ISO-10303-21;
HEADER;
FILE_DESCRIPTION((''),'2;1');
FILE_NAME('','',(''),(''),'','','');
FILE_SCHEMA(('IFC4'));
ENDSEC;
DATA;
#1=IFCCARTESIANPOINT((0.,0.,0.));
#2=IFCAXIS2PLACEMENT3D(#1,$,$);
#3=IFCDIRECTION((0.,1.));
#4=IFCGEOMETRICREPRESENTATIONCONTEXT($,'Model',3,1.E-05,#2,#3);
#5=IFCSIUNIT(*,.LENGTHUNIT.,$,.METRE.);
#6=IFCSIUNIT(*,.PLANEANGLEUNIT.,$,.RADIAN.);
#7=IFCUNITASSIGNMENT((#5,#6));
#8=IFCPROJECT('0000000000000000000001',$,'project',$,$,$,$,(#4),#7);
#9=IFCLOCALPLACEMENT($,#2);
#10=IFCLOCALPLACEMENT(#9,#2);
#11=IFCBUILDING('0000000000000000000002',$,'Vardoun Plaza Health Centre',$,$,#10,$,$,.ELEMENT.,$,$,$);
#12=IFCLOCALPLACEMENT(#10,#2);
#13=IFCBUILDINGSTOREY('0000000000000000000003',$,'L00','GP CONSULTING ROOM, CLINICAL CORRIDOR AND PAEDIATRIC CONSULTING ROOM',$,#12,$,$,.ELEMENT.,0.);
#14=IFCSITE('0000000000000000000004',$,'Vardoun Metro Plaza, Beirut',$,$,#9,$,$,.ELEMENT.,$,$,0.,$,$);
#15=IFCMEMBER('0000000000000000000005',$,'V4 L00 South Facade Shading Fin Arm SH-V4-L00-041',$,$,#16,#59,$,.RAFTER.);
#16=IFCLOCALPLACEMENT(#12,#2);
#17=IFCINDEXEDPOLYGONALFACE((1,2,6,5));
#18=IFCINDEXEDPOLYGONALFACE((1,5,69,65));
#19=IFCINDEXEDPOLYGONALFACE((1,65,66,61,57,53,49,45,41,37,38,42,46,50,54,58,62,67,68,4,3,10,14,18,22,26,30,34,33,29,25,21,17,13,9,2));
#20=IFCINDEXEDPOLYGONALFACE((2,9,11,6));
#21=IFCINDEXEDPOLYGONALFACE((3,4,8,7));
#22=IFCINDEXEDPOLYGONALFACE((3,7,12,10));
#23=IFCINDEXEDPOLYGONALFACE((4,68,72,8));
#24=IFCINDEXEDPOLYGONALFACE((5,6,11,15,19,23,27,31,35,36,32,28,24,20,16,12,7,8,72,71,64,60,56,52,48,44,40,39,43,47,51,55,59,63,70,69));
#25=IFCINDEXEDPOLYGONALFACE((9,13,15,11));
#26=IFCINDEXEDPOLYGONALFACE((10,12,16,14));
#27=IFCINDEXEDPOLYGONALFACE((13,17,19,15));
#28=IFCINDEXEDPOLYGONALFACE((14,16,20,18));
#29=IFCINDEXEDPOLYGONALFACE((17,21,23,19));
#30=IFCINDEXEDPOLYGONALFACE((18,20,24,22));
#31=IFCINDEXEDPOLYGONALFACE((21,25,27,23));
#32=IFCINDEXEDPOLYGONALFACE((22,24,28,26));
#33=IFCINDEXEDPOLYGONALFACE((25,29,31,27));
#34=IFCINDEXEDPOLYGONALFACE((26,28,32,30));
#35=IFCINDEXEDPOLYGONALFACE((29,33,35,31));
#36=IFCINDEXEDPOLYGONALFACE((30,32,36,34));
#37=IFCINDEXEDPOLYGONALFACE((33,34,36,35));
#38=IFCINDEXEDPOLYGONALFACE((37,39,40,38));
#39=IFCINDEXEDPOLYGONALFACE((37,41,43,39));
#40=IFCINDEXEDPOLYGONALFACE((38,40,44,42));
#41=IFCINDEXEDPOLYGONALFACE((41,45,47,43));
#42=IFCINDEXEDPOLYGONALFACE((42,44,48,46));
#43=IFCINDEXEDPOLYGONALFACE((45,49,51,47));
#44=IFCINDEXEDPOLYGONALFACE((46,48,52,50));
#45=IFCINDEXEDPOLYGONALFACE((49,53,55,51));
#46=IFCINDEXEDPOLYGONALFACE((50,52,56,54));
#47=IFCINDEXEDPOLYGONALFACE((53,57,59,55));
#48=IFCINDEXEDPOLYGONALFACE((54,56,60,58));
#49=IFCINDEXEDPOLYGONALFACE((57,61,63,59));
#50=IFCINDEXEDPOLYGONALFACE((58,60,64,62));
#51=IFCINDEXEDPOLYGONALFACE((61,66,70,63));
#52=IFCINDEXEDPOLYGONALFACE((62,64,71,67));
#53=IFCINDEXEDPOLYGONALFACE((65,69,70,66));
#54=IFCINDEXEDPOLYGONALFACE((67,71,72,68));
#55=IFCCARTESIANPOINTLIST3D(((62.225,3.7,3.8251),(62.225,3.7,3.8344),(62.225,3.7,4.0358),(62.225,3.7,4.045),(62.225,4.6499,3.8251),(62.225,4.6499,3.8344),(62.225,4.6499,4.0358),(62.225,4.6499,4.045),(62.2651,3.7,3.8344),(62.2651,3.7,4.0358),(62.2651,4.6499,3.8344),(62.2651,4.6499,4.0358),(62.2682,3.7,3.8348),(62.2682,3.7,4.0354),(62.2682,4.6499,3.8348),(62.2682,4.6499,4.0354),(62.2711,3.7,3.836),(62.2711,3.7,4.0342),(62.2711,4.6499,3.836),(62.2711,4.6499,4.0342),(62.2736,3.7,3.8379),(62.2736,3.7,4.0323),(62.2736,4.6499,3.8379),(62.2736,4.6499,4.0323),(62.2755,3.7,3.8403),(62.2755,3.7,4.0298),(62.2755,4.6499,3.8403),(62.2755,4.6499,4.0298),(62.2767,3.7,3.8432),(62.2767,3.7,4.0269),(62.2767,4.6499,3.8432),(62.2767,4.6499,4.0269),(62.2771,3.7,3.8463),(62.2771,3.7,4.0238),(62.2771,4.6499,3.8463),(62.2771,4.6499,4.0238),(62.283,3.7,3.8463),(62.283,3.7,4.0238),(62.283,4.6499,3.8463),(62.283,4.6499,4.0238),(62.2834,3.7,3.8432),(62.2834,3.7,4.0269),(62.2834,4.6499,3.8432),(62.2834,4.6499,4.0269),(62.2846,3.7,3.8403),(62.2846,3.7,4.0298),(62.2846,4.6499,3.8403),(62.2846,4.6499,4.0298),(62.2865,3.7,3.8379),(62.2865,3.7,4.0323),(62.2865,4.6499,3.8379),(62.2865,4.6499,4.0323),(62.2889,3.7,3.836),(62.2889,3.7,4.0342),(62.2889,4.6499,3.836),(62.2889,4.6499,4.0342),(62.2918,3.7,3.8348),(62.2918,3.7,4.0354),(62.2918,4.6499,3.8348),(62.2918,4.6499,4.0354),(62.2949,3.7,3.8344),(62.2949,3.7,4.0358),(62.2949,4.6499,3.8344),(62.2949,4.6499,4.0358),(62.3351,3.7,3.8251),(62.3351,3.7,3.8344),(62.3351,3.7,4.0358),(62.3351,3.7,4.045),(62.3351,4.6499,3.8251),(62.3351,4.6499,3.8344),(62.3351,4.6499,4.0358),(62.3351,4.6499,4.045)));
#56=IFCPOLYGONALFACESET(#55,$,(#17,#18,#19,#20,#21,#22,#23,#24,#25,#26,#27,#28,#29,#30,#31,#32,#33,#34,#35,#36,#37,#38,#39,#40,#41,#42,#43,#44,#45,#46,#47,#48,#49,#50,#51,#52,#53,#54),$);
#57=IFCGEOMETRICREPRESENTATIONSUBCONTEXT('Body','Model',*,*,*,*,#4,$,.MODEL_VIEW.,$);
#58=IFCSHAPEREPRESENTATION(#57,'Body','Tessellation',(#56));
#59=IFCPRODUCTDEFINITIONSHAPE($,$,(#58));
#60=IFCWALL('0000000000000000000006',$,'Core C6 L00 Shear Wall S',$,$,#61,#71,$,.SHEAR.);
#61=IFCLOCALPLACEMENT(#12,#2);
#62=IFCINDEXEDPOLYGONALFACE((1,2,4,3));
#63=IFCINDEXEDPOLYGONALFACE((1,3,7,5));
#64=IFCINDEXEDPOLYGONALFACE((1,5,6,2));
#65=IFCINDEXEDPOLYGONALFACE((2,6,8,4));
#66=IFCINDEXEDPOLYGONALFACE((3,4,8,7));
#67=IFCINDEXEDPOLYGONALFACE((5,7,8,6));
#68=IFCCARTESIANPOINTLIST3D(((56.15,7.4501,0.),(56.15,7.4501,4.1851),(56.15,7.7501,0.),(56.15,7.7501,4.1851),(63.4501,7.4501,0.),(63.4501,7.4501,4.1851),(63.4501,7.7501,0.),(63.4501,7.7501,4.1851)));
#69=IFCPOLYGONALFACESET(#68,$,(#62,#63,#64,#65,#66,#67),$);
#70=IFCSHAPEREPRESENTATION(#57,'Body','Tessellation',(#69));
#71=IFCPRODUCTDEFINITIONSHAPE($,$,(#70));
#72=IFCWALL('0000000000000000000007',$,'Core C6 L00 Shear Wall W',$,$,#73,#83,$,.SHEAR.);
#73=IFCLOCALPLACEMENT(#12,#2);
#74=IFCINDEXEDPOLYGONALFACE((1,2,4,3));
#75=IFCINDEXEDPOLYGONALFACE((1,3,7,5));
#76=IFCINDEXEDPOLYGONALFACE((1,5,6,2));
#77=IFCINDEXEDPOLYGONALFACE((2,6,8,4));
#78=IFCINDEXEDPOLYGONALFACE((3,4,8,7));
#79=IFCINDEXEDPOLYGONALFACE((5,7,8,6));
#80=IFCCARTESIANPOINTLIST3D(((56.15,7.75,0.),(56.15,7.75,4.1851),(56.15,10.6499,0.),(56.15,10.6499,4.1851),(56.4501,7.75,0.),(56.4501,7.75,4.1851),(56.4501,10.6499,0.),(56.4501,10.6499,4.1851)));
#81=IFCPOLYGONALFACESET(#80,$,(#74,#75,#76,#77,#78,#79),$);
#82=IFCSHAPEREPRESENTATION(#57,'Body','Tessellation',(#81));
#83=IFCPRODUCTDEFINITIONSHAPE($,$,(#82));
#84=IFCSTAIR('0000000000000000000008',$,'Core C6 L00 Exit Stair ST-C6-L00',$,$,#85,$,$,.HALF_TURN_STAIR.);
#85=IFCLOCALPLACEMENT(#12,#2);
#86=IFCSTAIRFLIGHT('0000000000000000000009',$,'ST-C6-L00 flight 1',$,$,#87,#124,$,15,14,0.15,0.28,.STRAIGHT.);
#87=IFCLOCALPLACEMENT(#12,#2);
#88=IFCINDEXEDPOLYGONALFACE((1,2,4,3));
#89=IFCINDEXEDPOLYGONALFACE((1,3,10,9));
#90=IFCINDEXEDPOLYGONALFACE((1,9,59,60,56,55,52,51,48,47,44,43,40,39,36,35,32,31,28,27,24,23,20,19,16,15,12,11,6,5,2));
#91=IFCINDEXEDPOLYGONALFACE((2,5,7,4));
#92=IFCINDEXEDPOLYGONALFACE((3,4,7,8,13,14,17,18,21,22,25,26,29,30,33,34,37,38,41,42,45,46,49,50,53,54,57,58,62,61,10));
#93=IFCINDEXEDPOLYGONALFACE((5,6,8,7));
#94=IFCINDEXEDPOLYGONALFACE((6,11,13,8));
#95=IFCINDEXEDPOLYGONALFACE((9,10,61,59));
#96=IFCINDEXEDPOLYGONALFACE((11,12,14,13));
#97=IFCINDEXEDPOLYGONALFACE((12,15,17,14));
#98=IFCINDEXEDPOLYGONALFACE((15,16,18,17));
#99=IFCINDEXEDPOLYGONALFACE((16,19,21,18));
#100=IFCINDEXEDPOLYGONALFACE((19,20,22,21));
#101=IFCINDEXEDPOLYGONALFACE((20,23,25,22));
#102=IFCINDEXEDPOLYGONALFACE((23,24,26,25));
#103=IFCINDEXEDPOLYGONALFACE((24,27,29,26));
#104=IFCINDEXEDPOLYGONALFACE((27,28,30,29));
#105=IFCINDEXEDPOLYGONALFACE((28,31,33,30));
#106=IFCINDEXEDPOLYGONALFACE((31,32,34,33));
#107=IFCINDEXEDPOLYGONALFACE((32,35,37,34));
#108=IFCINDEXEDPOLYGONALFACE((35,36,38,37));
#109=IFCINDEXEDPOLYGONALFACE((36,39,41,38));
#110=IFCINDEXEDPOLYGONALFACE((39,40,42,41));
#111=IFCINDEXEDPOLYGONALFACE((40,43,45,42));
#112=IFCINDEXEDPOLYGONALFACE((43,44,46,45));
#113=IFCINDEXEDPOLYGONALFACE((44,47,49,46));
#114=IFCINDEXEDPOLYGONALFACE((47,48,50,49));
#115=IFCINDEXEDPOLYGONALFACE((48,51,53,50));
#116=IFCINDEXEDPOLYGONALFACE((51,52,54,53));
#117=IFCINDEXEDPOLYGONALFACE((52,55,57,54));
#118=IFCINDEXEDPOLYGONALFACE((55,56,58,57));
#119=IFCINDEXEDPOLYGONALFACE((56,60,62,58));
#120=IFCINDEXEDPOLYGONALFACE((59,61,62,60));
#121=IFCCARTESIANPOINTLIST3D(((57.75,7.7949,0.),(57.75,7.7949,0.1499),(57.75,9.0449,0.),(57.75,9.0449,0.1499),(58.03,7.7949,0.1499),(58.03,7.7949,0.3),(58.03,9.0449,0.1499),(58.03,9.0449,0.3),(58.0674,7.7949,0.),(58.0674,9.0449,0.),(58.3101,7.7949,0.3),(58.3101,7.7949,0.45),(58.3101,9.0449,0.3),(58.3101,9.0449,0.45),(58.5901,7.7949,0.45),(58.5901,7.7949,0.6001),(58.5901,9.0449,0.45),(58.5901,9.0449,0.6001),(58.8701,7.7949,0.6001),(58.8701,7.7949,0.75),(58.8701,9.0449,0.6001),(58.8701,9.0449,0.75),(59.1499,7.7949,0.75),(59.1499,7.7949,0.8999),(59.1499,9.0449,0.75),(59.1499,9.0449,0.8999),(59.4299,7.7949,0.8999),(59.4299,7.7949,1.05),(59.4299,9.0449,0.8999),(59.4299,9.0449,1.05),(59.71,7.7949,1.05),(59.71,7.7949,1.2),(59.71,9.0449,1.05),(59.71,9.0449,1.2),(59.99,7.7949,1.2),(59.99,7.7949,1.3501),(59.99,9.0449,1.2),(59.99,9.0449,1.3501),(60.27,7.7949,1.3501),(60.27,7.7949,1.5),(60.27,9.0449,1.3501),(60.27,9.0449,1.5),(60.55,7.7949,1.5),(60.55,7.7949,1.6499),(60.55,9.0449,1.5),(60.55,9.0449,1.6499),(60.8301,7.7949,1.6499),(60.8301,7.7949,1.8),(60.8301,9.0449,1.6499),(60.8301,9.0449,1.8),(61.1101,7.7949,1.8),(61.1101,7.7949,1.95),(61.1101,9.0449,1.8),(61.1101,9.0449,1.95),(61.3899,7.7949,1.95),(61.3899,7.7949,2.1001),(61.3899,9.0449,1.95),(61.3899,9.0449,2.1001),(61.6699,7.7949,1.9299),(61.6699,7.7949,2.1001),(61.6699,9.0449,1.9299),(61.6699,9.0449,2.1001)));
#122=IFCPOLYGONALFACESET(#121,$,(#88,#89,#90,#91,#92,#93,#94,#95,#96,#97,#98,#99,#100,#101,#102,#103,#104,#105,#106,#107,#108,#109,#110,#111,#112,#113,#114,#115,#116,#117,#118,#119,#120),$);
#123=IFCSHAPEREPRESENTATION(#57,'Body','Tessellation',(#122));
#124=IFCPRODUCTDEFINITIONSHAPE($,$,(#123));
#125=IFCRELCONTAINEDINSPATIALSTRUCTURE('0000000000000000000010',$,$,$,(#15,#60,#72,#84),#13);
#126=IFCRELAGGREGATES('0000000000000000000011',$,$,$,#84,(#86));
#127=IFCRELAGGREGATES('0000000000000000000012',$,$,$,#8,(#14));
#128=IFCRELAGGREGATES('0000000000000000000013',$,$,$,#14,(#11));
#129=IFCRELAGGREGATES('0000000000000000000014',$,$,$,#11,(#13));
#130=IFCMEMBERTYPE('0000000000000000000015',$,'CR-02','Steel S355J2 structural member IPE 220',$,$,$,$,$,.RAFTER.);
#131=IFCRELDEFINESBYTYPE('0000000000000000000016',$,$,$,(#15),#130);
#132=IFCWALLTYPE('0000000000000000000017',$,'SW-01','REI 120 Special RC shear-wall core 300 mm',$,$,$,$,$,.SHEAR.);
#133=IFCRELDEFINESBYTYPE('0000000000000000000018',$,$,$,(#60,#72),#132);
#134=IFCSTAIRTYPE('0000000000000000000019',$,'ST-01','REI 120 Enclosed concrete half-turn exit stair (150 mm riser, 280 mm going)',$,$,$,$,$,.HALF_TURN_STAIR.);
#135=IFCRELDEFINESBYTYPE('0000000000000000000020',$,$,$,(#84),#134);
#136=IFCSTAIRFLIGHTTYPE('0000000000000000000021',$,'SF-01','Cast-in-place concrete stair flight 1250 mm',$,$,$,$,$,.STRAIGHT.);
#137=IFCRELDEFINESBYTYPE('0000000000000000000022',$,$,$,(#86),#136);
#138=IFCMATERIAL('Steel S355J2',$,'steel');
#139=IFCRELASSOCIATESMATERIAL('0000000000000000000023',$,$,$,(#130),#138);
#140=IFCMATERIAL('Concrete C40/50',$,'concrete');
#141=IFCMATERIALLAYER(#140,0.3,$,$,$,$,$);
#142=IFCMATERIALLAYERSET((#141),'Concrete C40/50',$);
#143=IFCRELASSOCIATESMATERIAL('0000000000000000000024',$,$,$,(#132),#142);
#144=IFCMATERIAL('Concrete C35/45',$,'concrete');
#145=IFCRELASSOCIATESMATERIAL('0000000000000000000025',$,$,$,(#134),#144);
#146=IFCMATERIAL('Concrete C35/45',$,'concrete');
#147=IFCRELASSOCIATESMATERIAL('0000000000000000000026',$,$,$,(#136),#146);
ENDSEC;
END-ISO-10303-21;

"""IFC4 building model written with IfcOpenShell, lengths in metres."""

from ifc_helpers import new_model, si_unit, direction, frame, frame_2d, origin, origin_2d, place, context, subcontext, project, spatial, polyline, rectangle, i_section, outline, extrude, material, layer, layer_set, material_profile, profile_set, type_object, element, aggregate, save


model = new_model("IFC4")

# Units and contexts
model_context = context("Model", 3, precision=1e-05, world=origin(), true_north=direction((0.0, 1.0)))
body_context = subcontext(model_context, "Body", "Model", "MODEL_VIEW")
ifc_project = project(units=[si_unit("LENGTHUNIT", "METRE"), si_unit("PLANEANGLEUNIT", "RADIAN")], contexts=[model_context])

# Site, building, storey
site_placement = place(None, origin())
site = spatial("IfcSite", under=ifc_project, at=site_placement, Name="Vardoun Metro Plaza, Beirut", CompositionType="ELEMENT", RefElevation=0.0)
building_placement = place(site_placement, origin())
building = spatial("IfcBuilding", under=site, at=building_placement, Name="Vardoun Plaza Health Centre", CompositionType="ELEMENT")
storey_placement = place(building_placement, origin())
storey = spatial("IfcBuildingStorey", under=building, at=storey_placement, Name="L00", Description="GP CONSULTING ROOM, CLINICAL CORRIDOR AND PAEDIATRIC CONSULTING ROOM", CompositionType="ELEMENT", Elevation=0.0)

# Member
ifc_material_1 = material(Name="Steel S355J2", Category="steel")
ifc_material_profile_1 = material_profile(ifc_material_1, i_section(OverallWidth=0.1101, OverallDepth=0.22, WebThickness=0.0059, FlangeThickness=0.0093, FilletRadius=0.012, at=origin_2d()), Name="IPE 220")
ifc_profile_set_1 = profile_set([ifc_material_profile_1], Name="Steel S355J2")
member_type_1 = type_object("IfcMemberType", Name="CR-02", Description="Steel S355J2 structural member IPE 220", PredefinedType="RAFTER", material=ifc_profile_set_1)
member_1_placement = place(storey_placement, frame((62.28, 4.6499, 3.9351), z_axis=(0.0, -1.0, 0.0), x_axis=(1.0, 0.0, 0.0)))
element("IfcMember", 1, at=member_1_placement, inside=storey, type_object=member_type_1, Name="V4 L00 South Facade Shading Fin Arm SH-V4-L00-041", PredefinedType="RAFTER", context=body_context, shape_type="SweptSolid", body=[
    extrude(i_section(OverallWidth=0.1101, OverallDepth=0.22, WebThickness=0.0059, FlangeThickness=0.0093, FilletRadius=0.012, at=origin_2d()), origin(), (0.0, 0.0, 1.0), 0.95),
])

# Walls
ifc_material_2 = material(Name="Concrete C40/50", Category="concrete")
ifc_layer_1 = layer(ifc_material_2, 0.3)
ifc_layer_set_1 = layer_set([ifc_layer_1], Name="Concrete C40/50")
wall_type_1 = type_object("IfcWallType", Name="SW-01", Description="REI 120 Special RC shear-wall core 300 mm", PredefinedType="SHEAR", material=ifc_layer_set_1)
wall_1_placement = place(storey_placement, frame((63.45, 7.6001, 0.0), z_axis=(0.0, 0.0, 1.0), x_axis=(-1.0, 0.0, 0.0)))
element("IfcWall", 2, at=wall_1_placement, inside=storey, type_object=wall_type_1, Name="Core C6 L00 Shear Wall S", PredefinedType="SHEAR", context=body_context, shape_type="SweptSolid", body=[
    extrude(rectangle(XDim=7.3, YDim=0.3, at=frame_2d((3.6499, 0.0))), origin(), (0.0, 0.0, 1.0), 4.1851),
])
wall_2_placement = place(storey_placement, frame((56.3, 7.75, 0.0), z_axis=(0.0, 0.0, 1.0), x_axis=(0.0, 1.0, 0.0)))
element("IfcWall", 3, at=wall_2_placement, inside=storey, type_object=wall_type_1, Name="Core C6 L00 Shear Wall W", PredefinedType="SHEAR", context=body_context, shape_type="SweptSolid", body=[
    extrude(rectangle(XDim=2.8999, YDim=0.3, at=frame_2d((1.45, 0.0))), origin(), (0.0, 0.0, 1.0), 4.1851),
])

# Stair, stair flight
ifc_material_3 = material(Name="Concrete C35/45", Category="concrete")
stair_type = type_object("IfcStairType", Name="ST-01", Description="REI 120 Enclosed concrete half-turn exit stair (150 mm riser, 280 mm going)", PredefinedType="HALF_TURN_STAIR", material=ifc_material_3)
stair_placement = place(storey_placement, origin())
stair = element("IfcStair", 4, at=stair_placement, inside=storey, type_object=stair_type, Name="Core C6 L00 Exit Stair ST-C6-L00", PredefinedType="HALF_TURN_STAIR")
ifc_material_4 = material(Name="Concrete C35/45", Category="concrete")
stair_flight_type = type_object("IfcStairFlightType", Name="SF-01", Description="Cast-in-place concrete stair flight 1250 mm", PredefinedType="STRAIGHT", material=ifc_material_4)
stair_flight_placement = place(storey_placement, frame((57.75, 8.4199, 0.0), z_axis=(0.0, 0.0, 1.0), x_axis=(1.0, 0.0, 0.0)))
stair_flight = element("IfcStairFlight", 5, at=stair_flight_placement, type_object=stair_flight_type, Name="ST-C6-L00 flight 1", NumberOfRisers=15, NumberOfTreads=14, PredefinedType="STRAIGHT", RiserHeight=0.15, TreadLength=0.28, context=body_context, shape_type="SweptSolid", body=[
    extrude(outline(polyline([(0.0, 0.0), (0.0, 0.1499), (0.28, 0.1499), (0.28, 0.3), (0.5601, 0.3), (0.5601, 0.45), (0.8401, 0.45), (0.8401, 0.6001), (1.1201, 0.6001), (1.1201, 0.75), (1.3999, 0.75), (1.3999, 0.8999), (1.6799, 0.8999), (1.6799, 1.05), (1.96, 1.05), (1.96, 1.2), (2.24, 1.2), (2.24, 1.3501), (2.52, 1.3501), (2.52, 1.5), (2.8, 1.5), (2.8, 1.6499), (3.0801, 1.6499), (3.0801, 1.8), (3.3601, 1.8), (3.3601, 1.95), (3.6399, 1.95), (3.6399, 2.1001), (3.9199, 2.1001), (3.9199, 2.25), (3.9199, 1.9299), (0.3174, 0.0), (0.0, 0.0)])), frame((0.0, 0.625, 0.0), z_axis=(0.0, -1.0, 0.0), x_axis=(1.0, 0.0, 0.0)), (0.0, 0.0, 1.0), 1.25),
])
aggregate(stair, [stair_flight])

save(model, "model.ifc")
